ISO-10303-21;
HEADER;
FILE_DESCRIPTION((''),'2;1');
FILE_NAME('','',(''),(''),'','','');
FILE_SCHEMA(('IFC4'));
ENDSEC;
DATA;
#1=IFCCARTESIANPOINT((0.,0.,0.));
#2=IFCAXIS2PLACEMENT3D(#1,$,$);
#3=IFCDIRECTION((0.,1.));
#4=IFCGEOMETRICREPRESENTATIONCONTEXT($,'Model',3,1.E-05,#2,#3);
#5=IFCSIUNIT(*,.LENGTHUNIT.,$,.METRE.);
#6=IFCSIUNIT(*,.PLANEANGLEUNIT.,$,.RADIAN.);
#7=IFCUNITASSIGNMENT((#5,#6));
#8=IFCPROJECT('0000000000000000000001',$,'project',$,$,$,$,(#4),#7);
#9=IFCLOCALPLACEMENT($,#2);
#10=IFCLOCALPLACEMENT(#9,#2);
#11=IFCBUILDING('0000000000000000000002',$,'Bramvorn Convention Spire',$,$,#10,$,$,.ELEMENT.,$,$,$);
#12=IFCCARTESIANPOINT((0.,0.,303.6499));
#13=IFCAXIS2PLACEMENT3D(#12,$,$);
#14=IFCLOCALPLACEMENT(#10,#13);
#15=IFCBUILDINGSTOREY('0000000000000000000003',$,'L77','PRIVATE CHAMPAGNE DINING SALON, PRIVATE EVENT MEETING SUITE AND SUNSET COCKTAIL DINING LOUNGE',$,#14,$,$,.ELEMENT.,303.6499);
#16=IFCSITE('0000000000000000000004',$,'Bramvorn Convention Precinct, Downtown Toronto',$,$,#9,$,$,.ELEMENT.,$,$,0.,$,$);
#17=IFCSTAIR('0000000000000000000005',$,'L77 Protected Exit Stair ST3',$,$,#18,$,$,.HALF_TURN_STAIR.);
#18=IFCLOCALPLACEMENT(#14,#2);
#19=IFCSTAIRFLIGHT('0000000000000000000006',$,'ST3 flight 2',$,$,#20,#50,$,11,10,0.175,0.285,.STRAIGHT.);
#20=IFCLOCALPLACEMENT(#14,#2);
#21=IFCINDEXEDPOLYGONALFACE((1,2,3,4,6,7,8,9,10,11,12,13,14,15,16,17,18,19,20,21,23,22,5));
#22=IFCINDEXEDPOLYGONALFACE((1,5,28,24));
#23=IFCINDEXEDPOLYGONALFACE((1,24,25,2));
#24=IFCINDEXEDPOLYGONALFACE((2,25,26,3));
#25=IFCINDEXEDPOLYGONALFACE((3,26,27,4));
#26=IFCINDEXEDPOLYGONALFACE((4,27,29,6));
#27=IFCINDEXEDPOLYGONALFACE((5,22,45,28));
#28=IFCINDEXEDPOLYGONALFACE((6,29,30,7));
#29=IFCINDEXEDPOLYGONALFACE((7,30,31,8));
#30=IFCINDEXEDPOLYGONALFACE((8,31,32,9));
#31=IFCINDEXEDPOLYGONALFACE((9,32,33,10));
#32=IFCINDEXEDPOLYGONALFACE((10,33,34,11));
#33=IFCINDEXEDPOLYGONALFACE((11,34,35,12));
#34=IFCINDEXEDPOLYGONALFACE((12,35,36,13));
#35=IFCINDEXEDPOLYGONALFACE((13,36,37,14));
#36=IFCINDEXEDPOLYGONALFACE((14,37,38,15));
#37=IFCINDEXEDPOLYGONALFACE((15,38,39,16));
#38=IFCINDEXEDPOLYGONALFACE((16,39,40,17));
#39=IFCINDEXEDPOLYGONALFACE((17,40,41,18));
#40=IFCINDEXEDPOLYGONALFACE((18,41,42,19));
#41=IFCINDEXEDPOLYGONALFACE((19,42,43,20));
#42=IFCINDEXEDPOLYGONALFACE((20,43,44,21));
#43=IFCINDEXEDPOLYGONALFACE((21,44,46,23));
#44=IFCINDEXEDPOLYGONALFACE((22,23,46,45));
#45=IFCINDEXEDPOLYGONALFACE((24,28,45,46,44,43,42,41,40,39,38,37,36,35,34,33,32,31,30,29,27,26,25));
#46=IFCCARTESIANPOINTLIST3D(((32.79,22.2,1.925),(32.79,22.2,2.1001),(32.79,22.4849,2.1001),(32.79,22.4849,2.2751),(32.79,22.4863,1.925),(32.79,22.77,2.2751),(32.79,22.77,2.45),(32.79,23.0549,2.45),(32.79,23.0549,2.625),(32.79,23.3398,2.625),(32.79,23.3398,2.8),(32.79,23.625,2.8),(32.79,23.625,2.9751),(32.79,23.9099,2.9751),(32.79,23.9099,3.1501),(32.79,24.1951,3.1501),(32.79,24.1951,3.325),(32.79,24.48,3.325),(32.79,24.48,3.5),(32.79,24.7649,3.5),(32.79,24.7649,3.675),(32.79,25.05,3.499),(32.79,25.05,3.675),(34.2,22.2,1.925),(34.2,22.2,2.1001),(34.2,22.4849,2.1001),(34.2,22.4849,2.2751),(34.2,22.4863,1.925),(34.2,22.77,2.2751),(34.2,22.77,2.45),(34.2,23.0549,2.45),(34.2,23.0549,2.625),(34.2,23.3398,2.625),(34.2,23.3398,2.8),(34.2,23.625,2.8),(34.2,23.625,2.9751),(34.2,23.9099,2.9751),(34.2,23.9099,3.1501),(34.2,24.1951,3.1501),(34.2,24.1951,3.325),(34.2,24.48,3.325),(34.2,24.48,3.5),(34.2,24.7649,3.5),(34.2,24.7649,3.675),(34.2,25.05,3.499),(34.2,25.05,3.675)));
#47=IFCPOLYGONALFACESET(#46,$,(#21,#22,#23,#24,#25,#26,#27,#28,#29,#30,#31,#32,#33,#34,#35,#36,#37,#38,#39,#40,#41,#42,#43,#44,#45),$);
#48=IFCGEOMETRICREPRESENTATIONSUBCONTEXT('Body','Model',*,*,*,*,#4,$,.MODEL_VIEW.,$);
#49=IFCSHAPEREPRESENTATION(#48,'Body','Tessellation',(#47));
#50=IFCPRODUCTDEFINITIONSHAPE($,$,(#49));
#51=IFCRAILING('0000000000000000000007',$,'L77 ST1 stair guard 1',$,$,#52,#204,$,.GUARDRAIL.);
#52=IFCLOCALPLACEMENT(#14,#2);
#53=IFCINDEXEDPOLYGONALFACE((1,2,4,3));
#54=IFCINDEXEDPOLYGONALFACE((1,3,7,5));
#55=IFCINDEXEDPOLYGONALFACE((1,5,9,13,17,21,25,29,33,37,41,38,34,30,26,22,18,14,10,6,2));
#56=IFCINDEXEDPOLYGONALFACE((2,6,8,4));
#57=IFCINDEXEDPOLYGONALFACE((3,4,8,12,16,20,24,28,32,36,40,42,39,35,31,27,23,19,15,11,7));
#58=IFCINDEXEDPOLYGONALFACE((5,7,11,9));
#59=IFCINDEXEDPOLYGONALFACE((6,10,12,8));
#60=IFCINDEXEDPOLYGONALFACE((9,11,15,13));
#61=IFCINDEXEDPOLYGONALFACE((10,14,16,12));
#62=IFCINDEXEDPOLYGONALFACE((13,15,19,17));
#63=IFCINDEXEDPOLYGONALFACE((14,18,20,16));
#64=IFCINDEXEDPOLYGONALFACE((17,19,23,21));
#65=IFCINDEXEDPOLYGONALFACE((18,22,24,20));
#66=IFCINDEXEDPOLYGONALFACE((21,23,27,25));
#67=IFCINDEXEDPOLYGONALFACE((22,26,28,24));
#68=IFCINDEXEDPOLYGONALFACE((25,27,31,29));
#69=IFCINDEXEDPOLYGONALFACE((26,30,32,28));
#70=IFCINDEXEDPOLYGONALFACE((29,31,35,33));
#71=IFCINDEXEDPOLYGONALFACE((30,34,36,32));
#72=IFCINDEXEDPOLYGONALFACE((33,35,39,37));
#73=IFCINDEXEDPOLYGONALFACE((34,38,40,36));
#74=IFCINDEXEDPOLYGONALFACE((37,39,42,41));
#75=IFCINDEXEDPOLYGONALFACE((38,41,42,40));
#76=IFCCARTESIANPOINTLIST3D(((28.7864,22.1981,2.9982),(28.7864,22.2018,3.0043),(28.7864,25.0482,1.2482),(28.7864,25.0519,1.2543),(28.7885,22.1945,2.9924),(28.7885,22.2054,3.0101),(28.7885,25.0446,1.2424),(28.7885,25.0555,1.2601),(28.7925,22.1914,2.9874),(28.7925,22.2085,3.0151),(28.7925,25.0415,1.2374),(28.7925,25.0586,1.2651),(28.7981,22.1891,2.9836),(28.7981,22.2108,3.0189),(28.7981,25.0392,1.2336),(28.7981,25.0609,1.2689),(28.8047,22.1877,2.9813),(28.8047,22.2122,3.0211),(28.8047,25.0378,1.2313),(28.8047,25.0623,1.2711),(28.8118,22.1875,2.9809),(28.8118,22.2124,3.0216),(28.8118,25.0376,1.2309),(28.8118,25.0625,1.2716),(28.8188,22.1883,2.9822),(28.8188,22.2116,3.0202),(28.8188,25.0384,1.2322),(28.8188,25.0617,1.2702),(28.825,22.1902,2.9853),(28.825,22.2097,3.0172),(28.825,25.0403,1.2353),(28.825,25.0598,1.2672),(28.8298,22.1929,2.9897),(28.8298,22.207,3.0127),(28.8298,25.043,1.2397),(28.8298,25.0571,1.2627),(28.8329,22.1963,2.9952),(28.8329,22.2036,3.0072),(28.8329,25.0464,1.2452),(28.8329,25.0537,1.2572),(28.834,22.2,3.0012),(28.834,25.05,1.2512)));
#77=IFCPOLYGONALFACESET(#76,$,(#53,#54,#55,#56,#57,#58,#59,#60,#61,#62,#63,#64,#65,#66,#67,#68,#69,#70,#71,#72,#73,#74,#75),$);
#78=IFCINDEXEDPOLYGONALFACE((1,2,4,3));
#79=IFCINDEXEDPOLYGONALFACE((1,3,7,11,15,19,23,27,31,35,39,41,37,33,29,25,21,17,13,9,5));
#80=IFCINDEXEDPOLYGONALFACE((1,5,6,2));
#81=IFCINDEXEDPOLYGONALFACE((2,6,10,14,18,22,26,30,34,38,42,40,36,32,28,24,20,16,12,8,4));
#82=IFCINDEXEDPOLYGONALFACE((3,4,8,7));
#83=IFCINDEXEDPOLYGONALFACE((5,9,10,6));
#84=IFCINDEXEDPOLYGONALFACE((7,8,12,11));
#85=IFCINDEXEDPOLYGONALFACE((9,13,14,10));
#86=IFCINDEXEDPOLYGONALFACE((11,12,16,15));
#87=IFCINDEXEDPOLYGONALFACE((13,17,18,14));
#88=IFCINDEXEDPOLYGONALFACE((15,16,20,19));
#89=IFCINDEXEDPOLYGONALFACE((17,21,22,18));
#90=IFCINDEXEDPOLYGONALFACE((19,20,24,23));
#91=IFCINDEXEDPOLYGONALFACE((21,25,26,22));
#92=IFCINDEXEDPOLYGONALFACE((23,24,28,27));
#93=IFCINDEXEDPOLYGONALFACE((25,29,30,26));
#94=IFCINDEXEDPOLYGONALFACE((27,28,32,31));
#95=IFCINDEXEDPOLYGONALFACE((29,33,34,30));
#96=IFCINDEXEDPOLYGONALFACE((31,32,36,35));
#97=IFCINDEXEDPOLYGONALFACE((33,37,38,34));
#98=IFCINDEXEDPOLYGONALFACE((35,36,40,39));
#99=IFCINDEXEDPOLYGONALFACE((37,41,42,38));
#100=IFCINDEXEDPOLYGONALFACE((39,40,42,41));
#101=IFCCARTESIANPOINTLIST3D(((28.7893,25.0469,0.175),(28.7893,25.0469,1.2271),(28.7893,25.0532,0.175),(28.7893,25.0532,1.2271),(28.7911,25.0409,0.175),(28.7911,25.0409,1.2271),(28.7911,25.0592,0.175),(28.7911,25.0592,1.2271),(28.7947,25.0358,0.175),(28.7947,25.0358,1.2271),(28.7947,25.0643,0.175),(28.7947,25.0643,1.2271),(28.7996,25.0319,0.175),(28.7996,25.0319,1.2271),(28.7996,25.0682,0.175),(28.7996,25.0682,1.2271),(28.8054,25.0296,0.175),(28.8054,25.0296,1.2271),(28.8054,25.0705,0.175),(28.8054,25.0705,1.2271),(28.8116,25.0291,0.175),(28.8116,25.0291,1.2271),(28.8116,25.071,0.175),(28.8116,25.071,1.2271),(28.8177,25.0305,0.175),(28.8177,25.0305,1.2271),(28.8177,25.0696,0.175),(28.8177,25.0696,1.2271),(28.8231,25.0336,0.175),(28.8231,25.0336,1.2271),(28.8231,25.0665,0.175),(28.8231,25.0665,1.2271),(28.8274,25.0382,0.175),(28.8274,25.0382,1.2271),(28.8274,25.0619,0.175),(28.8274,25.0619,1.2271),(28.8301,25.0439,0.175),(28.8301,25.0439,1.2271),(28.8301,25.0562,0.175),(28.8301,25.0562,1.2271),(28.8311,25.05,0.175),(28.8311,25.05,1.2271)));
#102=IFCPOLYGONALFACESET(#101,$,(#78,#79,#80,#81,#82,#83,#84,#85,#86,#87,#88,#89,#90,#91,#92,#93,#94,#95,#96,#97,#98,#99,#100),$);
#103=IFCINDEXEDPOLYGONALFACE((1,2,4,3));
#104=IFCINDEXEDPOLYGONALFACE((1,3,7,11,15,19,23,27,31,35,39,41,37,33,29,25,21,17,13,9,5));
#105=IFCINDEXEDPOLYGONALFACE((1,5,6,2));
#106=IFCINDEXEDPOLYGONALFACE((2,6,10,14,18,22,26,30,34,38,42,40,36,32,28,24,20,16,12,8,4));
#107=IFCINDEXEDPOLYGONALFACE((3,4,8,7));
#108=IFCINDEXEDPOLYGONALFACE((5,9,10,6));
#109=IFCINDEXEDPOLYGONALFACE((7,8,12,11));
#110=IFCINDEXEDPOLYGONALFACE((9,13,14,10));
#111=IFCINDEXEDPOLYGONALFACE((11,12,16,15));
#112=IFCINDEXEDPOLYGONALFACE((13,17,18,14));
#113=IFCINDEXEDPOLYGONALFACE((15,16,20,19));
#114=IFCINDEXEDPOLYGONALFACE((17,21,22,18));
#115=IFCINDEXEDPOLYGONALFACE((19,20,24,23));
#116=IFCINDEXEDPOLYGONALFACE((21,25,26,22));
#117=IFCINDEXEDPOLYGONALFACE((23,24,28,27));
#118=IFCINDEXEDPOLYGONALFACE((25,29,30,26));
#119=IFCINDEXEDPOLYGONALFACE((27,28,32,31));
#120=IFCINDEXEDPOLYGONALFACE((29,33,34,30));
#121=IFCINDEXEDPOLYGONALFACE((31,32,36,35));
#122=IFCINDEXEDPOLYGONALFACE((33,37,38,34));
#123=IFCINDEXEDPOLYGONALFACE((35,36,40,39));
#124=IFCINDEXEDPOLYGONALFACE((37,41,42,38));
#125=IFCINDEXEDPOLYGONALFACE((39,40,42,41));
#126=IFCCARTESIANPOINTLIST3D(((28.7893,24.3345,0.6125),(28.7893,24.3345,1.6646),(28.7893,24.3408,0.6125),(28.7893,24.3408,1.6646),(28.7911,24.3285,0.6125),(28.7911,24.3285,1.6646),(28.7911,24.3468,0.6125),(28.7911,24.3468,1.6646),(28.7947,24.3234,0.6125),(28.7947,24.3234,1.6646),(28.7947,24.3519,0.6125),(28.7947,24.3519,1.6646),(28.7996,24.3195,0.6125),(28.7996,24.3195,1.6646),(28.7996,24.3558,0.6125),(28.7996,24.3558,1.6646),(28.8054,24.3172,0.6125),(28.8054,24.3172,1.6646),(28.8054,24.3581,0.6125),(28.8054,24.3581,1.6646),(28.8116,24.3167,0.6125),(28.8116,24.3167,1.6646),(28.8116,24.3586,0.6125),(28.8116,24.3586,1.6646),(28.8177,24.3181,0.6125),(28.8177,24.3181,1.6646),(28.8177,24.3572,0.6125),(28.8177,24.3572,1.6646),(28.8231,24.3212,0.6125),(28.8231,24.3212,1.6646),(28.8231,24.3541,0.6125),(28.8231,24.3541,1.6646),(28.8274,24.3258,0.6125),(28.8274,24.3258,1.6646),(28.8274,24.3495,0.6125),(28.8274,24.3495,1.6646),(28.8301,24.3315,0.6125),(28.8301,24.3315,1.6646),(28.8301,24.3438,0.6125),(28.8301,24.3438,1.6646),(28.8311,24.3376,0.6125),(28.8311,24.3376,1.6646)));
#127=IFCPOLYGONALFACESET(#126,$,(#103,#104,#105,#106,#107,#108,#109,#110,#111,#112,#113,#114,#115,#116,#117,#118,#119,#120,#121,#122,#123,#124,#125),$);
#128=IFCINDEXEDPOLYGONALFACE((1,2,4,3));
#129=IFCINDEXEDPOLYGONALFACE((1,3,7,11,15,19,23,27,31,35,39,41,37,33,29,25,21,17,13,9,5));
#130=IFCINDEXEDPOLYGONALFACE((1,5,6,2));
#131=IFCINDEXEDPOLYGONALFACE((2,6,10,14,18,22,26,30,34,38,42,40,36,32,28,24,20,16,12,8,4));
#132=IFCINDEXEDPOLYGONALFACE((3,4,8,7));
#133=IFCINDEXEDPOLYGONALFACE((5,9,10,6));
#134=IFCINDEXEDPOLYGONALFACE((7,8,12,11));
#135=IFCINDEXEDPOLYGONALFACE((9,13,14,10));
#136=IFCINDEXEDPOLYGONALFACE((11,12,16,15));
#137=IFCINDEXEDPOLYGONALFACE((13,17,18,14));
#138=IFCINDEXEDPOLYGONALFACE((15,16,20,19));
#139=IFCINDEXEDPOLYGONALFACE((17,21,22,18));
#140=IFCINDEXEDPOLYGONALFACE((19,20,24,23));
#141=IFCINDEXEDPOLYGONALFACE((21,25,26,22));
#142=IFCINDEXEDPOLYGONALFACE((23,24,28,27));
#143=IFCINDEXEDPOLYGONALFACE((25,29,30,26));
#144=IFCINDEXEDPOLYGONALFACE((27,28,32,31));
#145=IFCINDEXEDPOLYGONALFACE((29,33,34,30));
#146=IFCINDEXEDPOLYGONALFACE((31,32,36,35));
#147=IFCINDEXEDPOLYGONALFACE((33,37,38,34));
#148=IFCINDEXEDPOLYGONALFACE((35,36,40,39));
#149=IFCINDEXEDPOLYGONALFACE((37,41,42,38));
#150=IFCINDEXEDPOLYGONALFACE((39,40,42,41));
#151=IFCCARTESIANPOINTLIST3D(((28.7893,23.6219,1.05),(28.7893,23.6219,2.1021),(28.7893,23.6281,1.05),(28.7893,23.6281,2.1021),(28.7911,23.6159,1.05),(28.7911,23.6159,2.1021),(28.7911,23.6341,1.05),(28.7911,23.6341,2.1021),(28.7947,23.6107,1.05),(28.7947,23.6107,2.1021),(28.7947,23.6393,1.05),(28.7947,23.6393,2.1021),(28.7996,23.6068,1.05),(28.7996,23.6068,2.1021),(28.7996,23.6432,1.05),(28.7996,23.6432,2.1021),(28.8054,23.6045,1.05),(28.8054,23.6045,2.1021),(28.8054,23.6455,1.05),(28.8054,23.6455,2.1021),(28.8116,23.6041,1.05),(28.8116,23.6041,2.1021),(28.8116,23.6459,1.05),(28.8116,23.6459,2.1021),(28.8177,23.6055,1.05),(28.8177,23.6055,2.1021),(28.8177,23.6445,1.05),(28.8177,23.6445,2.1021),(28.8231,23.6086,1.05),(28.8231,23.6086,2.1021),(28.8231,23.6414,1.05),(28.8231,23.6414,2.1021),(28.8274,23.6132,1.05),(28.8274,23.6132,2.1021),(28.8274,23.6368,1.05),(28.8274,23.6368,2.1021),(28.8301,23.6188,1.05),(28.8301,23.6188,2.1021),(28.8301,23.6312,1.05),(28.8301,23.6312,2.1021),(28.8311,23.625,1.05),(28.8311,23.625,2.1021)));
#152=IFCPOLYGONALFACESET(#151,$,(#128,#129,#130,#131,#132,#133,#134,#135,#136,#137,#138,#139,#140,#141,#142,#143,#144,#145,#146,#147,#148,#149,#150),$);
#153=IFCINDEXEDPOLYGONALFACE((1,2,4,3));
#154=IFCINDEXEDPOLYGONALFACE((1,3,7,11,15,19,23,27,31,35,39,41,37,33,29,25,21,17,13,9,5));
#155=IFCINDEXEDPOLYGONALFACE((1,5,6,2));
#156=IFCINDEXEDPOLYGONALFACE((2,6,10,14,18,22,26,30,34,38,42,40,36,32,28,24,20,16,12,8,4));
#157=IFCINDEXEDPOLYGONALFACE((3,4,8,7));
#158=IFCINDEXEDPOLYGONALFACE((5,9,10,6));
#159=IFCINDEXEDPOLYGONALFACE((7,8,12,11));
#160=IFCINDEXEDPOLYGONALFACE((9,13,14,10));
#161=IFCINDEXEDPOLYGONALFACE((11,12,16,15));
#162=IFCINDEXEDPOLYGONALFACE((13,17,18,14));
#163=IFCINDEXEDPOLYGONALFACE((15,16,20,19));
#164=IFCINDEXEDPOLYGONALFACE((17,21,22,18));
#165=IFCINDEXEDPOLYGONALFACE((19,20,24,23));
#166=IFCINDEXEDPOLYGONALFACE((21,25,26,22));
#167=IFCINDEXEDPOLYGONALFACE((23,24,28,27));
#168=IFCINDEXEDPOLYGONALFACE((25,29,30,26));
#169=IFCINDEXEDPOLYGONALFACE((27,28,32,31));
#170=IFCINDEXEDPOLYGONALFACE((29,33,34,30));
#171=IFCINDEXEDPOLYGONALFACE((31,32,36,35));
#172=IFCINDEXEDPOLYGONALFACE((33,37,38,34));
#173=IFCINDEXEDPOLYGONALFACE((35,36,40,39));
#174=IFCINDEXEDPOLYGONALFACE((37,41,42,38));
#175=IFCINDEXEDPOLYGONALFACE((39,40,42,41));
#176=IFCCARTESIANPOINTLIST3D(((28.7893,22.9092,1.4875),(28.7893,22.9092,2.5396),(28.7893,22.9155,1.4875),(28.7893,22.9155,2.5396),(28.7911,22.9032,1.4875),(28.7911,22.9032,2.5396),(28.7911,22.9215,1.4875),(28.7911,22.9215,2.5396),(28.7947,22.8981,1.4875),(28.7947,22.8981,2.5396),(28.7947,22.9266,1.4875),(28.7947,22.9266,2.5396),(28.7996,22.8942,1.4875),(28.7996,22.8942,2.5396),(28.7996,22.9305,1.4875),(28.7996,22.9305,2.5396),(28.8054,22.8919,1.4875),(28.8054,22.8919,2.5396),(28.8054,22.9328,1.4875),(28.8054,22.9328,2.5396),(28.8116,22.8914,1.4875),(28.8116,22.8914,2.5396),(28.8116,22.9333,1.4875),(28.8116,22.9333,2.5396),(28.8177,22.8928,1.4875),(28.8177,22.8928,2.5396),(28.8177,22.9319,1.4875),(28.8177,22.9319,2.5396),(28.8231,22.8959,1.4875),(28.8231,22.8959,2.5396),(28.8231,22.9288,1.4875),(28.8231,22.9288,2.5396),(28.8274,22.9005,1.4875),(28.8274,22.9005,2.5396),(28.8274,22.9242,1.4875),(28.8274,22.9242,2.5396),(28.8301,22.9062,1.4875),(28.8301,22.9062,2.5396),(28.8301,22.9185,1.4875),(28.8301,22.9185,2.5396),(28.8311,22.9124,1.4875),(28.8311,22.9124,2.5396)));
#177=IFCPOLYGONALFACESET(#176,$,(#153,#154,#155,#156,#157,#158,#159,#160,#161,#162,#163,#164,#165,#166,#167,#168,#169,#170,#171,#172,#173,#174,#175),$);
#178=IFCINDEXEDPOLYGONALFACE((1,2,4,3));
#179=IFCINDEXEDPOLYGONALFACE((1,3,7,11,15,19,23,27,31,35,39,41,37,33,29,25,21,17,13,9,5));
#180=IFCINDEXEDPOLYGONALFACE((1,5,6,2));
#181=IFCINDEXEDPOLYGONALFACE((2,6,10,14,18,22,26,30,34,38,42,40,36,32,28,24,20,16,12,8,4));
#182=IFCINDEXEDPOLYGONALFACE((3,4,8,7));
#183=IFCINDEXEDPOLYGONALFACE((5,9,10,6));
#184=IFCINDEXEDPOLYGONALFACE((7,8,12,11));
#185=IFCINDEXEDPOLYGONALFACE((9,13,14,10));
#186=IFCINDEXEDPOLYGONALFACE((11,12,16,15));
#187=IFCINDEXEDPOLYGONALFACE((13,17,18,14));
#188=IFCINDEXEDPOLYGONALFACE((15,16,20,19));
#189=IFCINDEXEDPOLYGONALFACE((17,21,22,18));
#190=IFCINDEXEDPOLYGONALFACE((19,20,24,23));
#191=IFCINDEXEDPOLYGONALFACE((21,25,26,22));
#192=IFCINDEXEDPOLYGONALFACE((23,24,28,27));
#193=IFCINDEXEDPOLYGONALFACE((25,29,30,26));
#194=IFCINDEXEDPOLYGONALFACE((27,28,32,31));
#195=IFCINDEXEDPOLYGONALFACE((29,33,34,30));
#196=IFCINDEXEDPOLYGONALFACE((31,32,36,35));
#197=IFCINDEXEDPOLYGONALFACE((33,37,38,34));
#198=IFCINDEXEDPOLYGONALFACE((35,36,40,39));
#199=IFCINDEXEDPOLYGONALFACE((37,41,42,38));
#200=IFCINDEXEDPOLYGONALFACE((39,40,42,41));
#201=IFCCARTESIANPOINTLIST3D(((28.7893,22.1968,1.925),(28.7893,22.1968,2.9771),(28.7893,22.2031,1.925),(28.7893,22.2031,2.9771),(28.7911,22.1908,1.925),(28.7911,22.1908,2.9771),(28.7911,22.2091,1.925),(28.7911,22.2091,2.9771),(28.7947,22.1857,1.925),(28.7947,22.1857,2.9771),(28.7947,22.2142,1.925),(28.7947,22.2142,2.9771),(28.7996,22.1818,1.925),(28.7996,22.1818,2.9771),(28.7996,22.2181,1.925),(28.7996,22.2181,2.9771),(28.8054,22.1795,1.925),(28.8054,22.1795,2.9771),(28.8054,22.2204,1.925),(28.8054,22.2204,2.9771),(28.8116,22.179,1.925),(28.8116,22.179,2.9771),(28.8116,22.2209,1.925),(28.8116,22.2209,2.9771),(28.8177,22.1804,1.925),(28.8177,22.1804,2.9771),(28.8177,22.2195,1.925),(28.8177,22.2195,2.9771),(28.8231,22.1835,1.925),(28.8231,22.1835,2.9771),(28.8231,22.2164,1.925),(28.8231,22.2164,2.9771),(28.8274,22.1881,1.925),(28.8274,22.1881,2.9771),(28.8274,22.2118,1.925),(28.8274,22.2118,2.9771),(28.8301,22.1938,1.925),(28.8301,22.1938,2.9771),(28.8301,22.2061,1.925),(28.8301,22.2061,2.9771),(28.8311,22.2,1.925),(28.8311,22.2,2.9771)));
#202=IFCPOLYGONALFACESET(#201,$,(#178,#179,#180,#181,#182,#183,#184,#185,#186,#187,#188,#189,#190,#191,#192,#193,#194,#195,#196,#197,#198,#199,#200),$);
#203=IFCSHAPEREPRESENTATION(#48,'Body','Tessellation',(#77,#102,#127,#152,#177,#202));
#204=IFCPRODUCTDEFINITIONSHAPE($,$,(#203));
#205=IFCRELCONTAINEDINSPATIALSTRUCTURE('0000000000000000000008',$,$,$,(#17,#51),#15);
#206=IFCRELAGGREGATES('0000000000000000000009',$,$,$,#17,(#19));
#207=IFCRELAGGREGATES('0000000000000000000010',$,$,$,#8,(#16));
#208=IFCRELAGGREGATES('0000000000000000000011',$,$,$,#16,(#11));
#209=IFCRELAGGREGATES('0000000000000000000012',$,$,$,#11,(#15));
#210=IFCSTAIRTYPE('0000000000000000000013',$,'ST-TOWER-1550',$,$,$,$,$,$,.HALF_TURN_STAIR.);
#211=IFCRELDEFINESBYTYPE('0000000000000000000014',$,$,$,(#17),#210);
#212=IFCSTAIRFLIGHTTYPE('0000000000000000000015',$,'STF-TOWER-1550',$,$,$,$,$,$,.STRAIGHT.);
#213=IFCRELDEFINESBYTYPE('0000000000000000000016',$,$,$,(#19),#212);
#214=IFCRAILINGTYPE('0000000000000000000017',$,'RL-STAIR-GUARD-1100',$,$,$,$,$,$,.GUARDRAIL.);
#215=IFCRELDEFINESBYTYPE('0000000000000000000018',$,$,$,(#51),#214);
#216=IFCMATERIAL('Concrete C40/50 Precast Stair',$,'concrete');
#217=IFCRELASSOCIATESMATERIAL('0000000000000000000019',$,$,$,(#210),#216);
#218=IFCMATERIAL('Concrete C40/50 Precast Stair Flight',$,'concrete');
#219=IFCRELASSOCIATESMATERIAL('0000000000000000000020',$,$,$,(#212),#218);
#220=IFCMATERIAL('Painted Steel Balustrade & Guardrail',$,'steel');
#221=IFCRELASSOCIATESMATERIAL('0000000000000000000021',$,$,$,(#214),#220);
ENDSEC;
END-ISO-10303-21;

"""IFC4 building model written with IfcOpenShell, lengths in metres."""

from ifc_helpers import new_model, si_unit, direction, frame, origin, origin_2d, place, context, subcontext, project, spatial, polyline, circle, outline, extrude, material, type_object, element, aggregate, save


model = new_model("IFC4")

# Units and contexts
model_context = context("Model", 3, precision=1e-05, world=origin(), true_north=direction((0.0, 1.0)))
body_context = subcontext(model_context, "Body", "Model", "MODEL_VIEW")
ifc_project = project(units=[si_unit("LENGTHUNIT", "METRE"), si_unit("PLANEANGLEUNIT", "RADIAN")], contexts=[model_context])

# Site, building, storey
site_placement = place(None, origin())
site = spatial("IfcSite", under=ifc_project, at=site_placement, Name="Bramvorn Convention Precinct, Downtown Toronto", CompositionType="ELEMENT", RefElevation=0.0)
building_placement = place(site_placement, origin())
building = spatial("IfcBuilding", under=site, at=building_placement, Name="Bramvorn Convention Spire", CompositionType="ELEMENT")
storey_placement = place(building_placement, frame((0.0, 0.0, 303.6499)))
storey = spatial("IfcBuildingStorey", under=building, at=storey_placement, Name="L77", Description="PRIVATE CHAMPAGNE DINING SALON, PRIVATE EVENT MEETING SUITE AND SUNSET COCKTAIL DINING LOUNGE", CompositionType="ELEMENT", Elevation=303.6499)

# Stair, stair flight
ifc_material_1 = material(Name="Concrete C40/50 Precast Stair", Category="concrete")
stair_type = type_object("IfcStairType", Name="ST-TOWER-1550", PredefinedType="HALF_TURN_STAIR", material=ifc_material_1)
ifc_material_2 = material(Name="Concrete C40/50 Precast Stair Flight", Category="concrete")
stair_flight_type = type_object("IfcStairFlightType", Name="STF-TOWER-1550", PredefinedType="STRAIGHT", material=ifc_material_2)
stair_1_placement = place(storey_placement, origin())
stair_1 = element("IfcStair", 1, at=stair_1_placement, inside=storey, type_object=stair_type, Name="L77 Protected Exit Stair ST3", PredefinedType="HALF_TURN_STAIR")
stair_flight_1_placement = place(storey_placement, frame((33.4951, 22.2, 1.925), z_axis=(0.0, 0.0, 1.0), x_axis=(0.0, 1.0, 0.0)))
stair_flight_1 = element("IfcStairFlight", 2, at=stair_flight_1_placement, type_object=stair_flight_type, Name="ST3 flight 2", NumberOfRisers=11, NumberOfTreads=10, PredefinedType="STRAIGHT", RiserHeight=0.175, TreadLength=0.285, context=body_context, shape_type="SweptSolid", body=[
    extrude(outline(polyline([(0.0, 0.0), (0.0, 0.175), (0.2849, 0.175), (0.2849, 0.3501), (0.5701, 0.3501), (0.5701, 0.5249), (0.855, 0.5249), (0.855, 0.7), (1.1399, 0.7), (1.1399, 0.875), (1.425, 0.875), (1.425, 1.05), (1.71, 1.05), (1.71, 1.2251), (1.9951, 1.2251), (1.9951, 1.3999), (2.28, 1.3999), (2.28, 1.575), (2.5649, 1.575), (2.5649, 1.75), (2.8501, 1.75), (2.8501, 1.925), (2.8501, 1.574), (0.2864, 0.0), (0.0, 0.0)])), frame((0.0, 0.7051, 0.0), z_axis=(0.0, -1.0, 0.0), x_axis=(1.0, 0.0, 0.0)), (0.0, 0.0, 1.0), 1.4099),
])
aggregate(stair_1, [stair_flight_1])

# Railing
ifc_material_3 = material(Name="Painted Steel Balustrade & Guardrail", Category="steel")
railing_type_1 = type_object("IfcRailingType", Name="RL-STAIR-GUARD-1100", PredefinedType="GUARDRAIL", material=ifc_material_3)
railing_1_placement = place(storey_placement, frame((28.8101, 25.05, 0.175)))
element("IfcRailing", 3, at=railing_1_placement, inside=storey, type_object=railing_type_1, Name="L77 ST1 stair guard 1", PredefinedType="GUARDRAIL", context=body_context, shape_type="SweptSolid", body=[
    extrude(circle(Radius=0.0239, at=origin_2d()), frame((0.0, 0.0, 1.0762), z_axis=(0.0, -0.852179, 0.52325), x_axis=(1.0, 0.0, 0.0)), (0.0, 0.0, 1.0), 3.3445),
    extrude(circle(Radius=0.021, at=origin_2d()), origin(), (0.0, 0.0, 1.0), 1.052),
    extrude(circle(Radius=0.021, at=origin_2d()), frame((0.0, -0.7124, 0.4375)), (0.0, 0.0, 1.0), 1.052),
    extrude(circle(Radius=0.021, at=origin_2d()), frame((0.0, -1.425, 0.875)), (0.0, 0.0, 1.0), 1.052),
    extrude(circle(Radius=0.021, at=origin_2d()), frame((0.0, -2.1377, 1.3125)), (0.0, 0.0, 1.0), 1.052),
    extrude(circle(Radius=0.021, at=origin_2d()), frame((0.0, -2.8501, 1.75)), (0.0, 0.0, 1.0), 1.052),
])

save(model, "model.ifc")
